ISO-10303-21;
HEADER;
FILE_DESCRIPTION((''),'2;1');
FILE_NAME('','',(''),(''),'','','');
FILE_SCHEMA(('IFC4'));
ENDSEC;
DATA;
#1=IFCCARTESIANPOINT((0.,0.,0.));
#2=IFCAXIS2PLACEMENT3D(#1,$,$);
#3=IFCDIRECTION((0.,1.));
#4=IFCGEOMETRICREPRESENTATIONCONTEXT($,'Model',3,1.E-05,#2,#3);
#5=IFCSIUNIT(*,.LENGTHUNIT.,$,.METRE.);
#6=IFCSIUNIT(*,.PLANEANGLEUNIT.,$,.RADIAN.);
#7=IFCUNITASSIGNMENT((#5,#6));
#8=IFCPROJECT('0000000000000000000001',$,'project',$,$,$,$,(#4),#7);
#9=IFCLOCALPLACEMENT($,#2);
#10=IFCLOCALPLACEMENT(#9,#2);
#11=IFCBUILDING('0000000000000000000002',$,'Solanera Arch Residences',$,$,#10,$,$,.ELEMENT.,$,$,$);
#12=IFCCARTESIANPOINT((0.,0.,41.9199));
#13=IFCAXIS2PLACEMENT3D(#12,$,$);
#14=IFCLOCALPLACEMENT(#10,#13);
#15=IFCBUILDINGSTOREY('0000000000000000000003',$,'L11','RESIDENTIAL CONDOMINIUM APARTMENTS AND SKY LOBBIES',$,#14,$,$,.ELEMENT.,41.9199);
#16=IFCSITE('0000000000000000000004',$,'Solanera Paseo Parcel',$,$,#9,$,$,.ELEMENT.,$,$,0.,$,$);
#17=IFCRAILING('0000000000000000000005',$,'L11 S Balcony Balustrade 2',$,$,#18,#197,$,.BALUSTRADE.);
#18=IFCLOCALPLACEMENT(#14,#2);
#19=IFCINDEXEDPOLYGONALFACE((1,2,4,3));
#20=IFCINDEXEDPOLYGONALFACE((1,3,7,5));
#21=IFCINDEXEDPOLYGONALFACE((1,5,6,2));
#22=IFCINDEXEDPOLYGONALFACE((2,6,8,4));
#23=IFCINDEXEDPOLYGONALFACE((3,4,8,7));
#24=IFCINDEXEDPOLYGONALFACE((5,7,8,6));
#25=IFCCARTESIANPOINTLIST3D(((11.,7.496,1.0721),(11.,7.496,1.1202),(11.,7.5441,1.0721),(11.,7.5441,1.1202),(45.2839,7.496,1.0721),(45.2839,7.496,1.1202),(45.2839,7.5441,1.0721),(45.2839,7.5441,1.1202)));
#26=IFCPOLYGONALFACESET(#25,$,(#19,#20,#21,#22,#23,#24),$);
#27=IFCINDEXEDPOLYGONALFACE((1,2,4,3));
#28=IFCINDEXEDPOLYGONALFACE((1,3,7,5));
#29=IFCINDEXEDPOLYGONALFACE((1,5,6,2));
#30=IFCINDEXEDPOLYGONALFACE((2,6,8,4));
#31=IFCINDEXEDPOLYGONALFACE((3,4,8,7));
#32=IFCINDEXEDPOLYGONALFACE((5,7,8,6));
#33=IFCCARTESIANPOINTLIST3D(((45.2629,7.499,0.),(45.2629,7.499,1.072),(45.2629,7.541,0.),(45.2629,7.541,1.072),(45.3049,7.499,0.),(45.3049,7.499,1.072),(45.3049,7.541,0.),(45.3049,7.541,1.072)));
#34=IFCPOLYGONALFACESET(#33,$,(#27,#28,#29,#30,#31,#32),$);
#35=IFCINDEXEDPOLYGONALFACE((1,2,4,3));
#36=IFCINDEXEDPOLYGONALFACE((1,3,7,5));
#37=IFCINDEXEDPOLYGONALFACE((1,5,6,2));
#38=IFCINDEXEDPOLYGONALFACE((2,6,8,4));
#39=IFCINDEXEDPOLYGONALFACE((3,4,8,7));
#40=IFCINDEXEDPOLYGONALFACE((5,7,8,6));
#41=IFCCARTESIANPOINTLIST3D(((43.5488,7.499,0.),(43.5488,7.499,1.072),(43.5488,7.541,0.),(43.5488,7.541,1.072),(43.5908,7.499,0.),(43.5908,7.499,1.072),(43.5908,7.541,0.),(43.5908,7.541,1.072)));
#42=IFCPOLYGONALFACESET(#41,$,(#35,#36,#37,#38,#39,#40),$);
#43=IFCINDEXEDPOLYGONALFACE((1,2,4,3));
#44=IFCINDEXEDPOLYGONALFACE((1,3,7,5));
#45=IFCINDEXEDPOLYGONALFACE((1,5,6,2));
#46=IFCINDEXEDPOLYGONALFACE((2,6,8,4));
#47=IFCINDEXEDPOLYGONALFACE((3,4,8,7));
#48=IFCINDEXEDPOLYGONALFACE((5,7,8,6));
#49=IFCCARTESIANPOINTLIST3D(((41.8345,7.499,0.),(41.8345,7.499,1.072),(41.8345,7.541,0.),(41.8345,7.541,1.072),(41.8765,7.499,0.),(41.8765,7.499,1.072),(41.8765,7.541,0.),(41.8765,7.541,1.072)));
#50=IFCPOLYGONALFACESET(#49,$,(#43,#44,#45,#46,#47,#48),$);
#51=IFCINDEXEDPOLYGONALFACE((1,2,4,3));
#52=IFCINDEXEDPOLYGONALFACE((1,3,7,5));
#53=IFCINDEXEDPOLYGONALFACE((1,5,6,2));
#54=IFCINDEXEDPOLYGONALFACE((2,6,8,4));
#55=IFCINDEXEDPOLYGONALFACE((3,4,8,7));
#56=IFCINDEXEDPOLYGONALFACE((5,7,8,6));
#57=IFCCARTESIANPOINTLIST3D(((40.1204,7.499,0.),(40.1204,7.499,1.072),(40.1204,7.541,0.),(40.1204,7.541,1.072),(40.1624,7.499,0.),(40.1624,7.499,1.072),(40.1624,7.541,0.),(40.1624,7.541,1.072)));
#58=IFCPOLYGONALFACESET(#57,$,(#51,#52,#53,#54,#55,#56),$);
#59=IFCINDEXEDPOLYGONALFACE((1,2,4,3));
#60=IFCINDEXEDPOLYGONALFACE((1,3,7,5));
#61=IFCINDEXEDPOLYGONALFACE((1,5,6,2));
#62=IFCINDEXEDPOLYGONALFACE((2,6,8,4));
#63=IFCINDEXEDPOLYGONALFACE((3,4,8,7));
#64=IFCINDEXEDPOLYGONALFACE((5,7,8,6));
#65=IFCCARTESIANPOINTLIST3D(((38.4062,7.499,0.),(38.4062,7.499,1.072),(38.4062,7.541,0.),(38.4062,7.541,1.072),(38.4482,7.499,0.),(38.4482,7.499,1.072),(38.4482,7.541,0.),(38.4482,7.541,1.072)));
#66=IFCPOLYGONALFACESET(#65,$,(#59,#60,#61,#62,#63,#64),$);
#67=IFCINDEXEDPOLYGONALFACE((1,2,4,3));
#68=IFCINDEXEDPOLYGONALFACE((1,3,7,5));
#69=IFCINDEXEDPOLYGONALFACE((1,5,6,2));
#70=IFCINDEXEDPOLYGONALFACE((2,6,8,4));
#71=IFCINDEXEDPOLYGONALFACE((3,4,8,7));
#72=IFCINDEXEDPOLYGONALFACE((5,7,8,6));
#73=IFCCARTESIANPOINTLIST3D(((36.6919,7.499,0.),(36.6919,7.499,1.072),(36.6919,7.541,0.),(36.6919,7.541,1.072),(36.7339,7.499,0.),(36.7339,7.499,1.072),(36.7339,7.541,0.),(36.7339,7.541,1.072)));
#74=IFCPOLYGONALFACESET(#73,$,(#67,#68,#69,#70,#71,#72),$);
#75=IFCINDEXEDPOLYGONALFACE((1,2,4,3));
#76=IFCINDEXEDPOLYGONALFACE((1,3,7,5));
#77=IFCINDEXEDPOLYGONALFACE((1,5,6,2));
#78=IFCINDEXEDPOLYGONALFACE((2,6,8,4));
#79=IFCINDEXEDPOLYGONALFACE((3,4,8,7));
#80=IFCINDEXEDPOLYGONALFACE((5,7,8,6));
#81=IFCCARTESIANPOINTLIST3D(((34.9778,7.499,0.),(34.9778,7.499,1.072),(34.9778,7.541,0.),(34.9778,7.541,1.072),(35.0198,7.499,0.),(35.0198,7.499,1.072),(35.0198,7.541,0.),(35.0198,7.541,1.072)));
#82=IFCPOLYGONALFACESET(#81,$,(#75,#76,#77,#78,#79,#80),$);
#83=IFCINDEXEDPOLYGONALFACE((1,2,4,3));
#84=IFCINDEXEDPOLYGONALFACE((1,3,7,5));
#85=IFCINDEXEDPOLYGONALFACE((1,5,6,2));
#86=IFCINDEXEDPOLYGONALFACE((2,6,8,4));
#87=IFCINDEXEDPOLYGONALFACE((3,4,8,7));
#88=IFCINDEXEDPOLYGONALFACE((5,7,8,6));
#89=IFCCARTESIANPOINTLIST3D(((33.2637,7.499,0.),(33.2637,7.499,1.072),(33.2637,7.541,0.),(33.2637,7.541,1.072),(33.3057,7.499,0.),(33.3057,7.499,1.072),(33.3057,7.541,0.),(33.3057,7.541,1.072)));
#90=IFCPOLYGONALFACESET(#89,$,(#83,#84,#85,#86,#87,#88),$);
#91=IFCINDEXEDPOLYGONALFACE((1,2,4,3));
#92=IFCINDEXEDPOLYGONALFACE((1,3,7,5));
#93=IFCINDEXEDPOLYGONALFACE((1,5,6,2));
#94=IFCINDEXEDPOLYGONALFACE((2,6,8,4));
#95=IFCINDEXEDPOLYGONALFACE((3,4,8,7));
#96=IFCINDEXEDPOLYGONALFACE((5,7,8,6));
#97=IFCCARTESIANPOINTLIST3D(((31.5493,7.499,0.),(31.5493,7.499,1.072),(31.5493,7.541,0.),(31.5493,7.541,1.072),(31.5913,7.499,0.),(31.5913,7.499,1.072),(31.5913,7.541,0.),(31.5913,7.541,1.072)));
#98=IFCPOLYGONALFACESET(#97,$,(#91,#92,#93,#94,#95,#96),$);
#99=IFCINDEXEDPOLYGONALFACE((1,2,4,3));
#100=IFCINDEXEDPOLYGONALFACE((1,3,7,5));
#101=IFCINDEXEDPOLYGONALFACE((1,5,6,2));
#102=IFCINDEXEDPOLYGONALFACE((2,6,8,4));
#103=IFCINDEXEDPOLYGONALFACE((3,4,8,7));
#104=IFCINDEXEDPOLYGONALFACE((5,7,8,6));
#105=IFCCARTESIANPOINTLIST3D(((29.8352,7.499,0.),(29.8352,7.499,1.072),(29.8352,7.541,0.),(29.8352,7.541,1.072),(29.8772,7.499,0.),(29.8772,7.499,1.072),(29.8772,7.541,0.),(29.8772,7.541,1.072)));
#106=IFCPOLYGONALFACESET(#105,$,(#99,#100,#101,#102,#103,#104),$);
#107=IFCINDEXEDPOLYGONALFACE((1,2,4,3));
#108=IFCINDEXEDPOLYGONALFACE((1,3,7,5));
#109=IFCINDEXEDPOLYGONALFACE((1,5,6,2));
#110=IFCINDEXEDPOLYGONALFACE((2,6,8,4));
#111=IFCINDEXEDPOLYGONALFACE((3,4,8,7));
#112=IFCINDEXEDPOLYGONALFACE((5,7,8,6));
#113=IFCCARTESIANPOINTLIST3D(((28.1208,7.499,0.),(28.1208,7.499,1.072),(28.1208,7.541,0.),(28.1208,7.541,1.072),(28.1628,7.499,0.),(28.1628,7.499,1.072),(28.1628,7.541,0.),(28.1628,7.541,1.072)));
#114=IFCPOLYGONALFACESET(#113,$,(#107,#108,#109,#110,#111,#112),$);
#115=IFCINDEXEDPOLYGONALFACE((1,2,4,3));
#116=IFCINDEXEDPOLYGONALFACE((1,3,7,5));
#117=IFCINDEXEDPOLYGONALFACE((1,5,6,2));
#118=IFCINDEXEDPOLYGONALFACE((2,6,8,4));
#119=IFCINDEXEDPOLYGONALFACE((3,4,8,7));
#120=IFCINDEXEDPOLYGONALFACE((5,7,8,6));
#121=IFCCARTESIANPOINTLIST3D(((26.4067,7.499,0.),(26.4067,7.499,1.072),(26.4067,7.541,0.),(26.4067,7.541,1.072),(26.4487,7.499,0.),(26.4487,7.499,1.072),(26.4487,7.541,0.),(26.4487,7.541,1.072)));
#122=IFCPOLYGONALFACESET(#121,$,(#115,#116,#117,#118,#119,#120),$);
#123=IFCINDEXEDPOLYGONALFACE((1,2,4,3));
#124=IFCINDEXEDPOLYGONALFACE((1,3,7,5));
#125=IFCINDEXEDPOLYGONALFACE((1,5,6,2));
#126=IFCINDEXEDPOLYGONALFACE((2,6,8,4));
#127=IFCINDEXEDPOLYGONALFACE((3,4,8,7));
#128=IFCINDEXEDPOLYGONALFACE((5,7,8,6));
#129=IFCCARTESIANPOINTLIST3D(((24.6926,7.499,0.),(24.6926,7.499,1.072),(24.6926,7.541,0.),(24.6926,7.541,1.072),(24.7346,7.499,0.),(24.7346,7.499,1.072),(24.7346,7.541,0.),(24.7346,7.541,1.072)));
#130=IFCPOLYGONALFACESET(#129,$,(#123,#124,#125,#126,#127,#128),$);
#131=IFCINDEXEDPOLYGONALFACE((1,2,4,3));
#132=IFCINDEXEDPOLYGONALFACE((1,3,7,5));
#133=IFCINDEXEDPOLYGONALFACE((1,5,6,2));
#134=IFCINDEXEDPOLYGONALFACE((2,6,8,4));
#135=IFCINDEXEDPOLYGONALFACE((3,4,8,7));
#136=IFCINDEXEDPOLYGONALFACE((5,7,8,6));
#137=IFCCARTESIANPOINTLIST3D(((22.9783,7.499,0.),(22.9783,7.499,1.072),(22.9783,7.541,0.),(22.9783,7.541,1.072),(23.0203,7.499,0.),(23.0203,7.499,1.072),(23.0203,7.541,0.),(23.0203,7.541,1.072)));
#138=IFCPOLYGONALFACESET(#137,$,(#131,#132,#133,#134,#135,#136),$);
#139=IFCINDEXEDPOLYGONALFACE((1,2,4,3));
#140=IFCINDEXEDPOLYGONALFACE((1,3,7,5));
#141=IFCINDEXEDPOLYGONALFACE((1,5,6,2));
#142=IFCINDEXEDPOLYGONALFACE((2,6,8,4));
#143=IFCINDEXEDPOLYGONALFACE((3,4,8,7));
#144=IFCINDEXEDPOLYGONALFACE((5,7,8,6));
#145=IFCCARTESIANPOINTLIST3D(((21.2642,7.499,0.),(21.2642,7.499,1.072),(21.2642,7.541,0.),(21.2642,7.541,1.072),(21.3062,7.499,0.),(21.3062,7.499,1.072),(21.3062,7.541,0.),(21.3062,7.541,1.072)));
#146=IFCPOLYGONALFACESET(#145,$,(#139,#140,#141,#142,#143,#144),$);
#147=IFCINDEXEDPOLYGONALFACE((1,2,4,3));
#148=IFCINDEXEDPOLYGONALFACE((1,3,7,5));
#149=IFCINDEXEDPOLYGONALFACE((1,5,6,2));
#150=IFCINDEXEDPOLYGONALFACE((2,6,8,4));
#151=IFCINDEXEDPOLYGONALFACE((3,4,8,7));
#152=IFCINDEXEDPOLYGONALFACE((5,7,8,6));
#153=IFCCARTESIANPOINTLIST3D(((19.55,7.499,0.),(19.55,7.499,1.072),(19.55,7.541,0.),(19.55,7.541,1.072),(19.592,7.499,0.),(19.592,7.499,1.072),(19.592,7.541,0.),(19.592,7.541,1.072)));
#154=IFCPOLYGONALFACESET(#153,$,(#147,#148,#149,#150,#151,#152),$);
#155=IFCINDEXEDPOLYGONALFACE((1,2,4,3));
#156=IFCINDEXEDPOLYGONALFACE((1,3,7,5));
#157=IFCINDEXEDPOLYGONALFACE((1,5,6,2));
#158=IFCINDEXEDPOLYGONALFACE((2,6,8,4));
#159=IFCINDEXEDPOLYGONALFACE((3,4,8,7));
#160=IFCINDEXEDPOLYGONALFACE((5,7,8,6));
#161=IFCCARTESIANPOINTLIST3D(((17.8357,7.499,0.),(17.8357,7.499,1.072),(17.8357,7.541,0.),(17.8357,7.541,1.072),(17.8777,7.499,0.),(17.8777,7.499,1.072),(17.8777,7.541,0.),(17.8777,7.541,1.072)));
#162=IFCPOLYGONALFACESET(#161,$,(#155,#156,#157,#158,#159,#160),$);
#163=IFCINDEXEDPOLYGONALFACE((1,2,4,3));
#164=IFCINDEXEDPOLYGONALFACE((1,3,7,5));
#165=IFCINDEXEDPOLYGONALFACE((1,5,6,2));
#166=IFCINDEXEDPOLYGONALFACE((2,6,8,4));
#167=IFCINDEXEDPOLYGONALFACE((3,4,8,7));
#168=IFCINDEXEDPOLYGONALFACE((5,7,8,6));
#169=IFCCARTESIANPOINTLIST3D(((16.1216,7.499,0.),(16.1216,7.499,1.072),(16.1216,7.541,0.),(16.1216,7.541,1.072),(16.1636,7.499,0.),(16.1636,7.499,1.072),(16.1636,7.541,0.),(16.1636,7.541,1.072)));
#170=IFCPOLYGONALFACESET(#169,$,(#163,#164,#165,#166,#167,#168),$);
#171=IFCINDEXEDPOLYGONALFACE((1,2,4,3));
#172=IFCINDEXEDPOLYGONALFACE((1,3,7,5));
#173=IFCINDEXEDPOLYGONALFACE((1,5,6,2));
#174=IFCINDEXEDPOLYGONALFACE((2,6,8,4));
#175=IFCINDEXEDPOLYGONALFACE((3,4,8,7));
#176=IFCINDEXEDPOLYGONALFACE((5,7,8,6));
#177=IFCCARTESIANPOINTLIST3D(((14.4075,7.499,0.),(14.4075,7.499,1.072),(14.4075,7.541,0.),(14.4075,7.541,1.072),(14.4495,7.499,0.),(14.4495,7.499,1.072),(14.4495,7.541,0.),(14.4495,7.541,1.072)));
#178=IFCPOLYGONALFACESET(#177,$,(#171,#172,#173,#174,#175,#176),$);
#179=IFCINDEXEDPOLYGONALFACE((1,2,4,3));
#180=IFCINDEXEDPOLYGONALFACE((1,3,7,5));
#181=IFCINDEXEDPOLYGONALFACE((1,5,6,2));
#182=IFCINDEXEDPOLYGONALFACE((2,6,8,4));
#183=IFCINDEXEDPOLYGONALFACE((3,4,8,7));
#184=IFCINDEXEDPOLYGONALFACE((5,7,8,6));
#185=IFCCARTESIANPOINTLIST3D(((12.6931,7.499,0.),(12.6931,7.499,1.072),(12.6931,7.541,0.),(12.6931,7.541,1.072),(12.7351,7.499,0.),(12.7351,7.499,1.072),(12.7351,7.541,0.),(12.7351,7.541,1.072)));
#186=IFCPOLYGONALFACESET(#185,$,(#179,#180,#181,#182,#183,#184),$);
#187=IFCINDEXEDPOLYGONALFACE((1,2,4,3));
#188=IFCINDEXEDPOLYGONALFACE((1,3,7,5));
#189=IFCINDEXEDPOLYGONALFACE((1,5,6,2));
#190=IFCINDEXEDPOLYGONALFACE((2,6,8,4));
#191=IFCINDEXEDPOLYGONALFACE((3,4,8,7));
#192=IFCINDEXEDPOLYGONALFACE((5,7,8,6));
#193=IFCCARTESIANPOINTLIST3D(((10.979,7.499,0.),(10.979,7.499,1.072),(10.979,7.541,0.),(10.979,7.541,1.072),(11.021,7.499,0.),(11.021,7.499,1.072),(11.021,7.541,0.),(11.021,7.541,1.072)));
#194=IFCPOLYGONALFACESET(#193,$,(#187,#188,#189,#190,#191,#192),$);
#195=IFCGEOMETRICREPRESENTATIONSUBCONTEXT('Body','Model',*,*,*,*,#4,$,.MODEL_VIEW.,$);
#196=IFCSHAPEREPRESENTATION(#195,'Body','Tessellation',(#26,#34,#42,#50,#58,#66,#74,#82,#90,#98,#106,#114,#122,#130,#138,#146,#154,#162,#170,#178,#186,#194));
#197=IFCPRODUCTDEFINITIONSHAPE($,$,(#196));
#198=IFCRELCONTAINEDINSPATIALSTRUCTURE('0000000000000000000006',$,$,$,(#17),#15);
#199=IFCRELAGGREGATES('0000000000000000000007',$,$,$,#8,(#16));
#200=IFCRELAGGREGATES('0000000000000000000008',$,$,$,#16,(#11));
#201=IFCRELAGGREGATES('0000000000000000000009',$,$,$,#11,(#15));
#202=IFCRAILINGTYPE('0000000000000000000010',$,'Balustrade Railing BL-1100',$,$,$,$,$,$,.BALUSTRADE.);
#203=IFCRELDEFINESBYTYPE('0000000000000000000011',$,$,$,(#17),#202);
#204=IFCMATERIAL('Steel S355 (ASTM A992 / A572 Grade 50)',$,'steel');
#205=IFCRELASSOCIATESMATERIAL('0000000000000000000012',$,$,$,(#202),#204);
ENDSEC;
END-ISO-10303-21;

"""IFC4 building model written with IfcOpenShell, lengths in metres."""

from ifc_helpers import new_model, si_unit, direction, frame, origin, origin_2d, place, context, subcontext, project, spatial, rectangle, extrude, material, type_object, element, save


model = new_model("IFC4")

# Units and contexts
model_context = context("Model", 3, precision=1e-05, world=origin(), true_north=direction((0.0, 1.0)))
body_context = subcontext(model_context, "Body", "Model", "MODEL_VIEW")
ifc_project = project(units=[si_unit("LENGTHUNIT", "METRE"), si_unit("PLANEANGLEUNIT", "RADIAN")], contexts=[model_context])

# Site, building, storey
site_placement = place(None, origin())
site = spatial("IfcSite", under=ifc_project, at=site_placement, Name="Solanera Paseo Parcel", CompositionType="ELEMENT", RefElevation=0.0)
building_placement = place(site_placement, origin())
building = spatial("IfcBuilding", under=site, at=building_placement, Name="Solanera Arch Residences", CompositionType="ELEMENT")
storey_placement = place(building_placement, frame((0.0, 0.0, 41.9199)))
storey = spatial("IfcBuildingStorey", under=building, at=storey_placement, Name="L11", Description="RESIDENTIAL CONDOMINIUM APARTMENTS AND SKY LOBBIES", CompositionType="ELEMENT", Elevation=41.9199)

# Railing
ifc_material_1 = material(Name="Steel S355 (ASTM A992 / A572 Grade 50)", Category="steel")
railing_type = type_object("IfcRailingType", Name="Balustrade Railing BL-1100", PredefinedType="BALUSTRADE", material=ifc_material_1)
railing_1_placement = place(storey_placement, frame((45.2839, 7.52, 0.0)))
element("IfcRailing", 1, at=railing_1_placement, inside=storey, type_object=railing_type, Name="L11 S Balcony Balustrade 2", PredefinedType="BALUSTRADE", context=body_context, shape_type="SweptSolid", body=[
    extrude(rectangle(XDim=0.0481, YDim=0.0481, at=origin_2d()), frame((0.0, 0.0, 1.0962), z_axis=(-1.0, 0.0, 0.0), x_axis=(0.0, -1.0, 0.0)), (0.0, 0.0, 1.0), 34.2839),
    extrude(rectangle(XDim=0.042, YDim=0.042, at=origin_2d()), origin(), (0.0, 0.0, 1.0), 1.072),
    extrude(rectangle(XDim=0.042, YDim=0.042, at=origin_2d()), frame((-1.7141, 0.0, 0.0)), (0.0, 0.0, 1.0), 1.072),
    extrude(rectangle(XDim=0.042, YDim=0.042, at=origin_2d()), frame((-3.4285, 0.0, 0.0)), (0.0, 0.0, 1.0), 1.072),
    extrude(rectangle(XDim=0.042, YDim=0.042, at=origin_2d()), frame((-5.1426, 0.0, 0.0)), (0.0, 0.0, 1.0), 1.072),
    extrude(rectangle(XDim=0.042, YDim=0.042, at=origin_2d()), frame((-6.8567, 0.0, 0.0)), (0.0, 0.0, 1.0), 1.072),
    extrude(rectangle(XDim=0.042, YDim=0.042, at=origin_2d()), frame((-8.571, 0.0, 0.0)), (0.0, 0.0, 1.0), 1.072),
    extrude(rectangle(XDim=0.042, YDim=0.042, at=origin_2d()), frame((-10.2852, 0.0, 0.0)), (0.0, 0.0, 1.0), 1.072),
    extrude(rectangle(XDim=0.042, YDim=0.042, at=origin_2d()), frame((-11.9993, 0.0, 0.0)), (0.0, 0.0, 1.0), 1.072),
    extrude(rectangle(XDim=0.042, YDim=0.042, at=origin_2d()), frame((-13.7136, 0.0, 0.0)), (0.0, 0.0, 1.0), 1.072),
    extrude(rectangle(XDim=0.042, YDim=0.042, at=origin_2d()), frame((-15.4277, 0.0, 0.0)), (0.0, 0.0, 1.0), 1.072),
    extrude(rectangle(XDim=0.042, YDim=0.042, at=origin_2d()), frame((-17.1421, 0.0, 0.0)), (0.0, 0.0, 1.0), 1.072),
    extrude(rectangle(XDim=0.042, YDim=0.042, at=origin_2d()), frame((-18.8562, 0.0, 0.0)), (0.0, 0.0, 1.0), 1.072),
    extrude(rectangle(XDim=0.042, YDim=0.042, at=origin_2d()), frame((-20.5703, 0.0, 0.0)), (0.0, 0.0, 1.0), 1.072),
    extrude(rectangle(XDim=0.042, YDim=0.042, at=origin_2d()), frame((-22.2847, 0.0, 0.0)), (0.0, 0.0, 1.0), 1.072),
    extrude(rectangle(XDim=0.042, YDim=0.042, at=origin_2d()), frame((-23.9988, 0.0, 0.0)), (0.0, 0.0, 1.0), 1.072),
    extrude(rectangle(XDim=0.042, YDim=0.042, at=origin_2d()), frame((-25.7129, 0.0, 0.0)), (0.0, 0.0, 1.0), 1.072),
    extrude(rectangle(XDim=0.042, YDim=0.042, at=origin_2d()), frame((-27.4272, 0.0, 0.0)), (0.0, 0.0, 1.0), 1.072),
    extrude(rectangle(XDim=0.042, YDim=0.042, at=origin_2d()), frame((-29.1414, 0.0, 0.0)), (0.0, 0.0, 1.0), 1.072),
    extrude(rectangle(XDim=0.042, YDim=0.042, at=origin_2d()), frame((-30.8555, 0.0, 0.0)), (0.0, 0.0, 1.0), 1.072),
    extrude(rectangle(XDim=0.042, YDim=0.042, at=origin_2d()), frame((-32.5698, 0.0, 0.0)), (0.0, 0.0, 1.0), 1.072),
    extrude(rectangle(XDim=0.042, YDim=0.042, at=origin_2d()), frame((-34.2839, 0.0, 0.0)), (0.0, 0.0, 1.0), 1.072),
])

save(model, "model.ifc")
